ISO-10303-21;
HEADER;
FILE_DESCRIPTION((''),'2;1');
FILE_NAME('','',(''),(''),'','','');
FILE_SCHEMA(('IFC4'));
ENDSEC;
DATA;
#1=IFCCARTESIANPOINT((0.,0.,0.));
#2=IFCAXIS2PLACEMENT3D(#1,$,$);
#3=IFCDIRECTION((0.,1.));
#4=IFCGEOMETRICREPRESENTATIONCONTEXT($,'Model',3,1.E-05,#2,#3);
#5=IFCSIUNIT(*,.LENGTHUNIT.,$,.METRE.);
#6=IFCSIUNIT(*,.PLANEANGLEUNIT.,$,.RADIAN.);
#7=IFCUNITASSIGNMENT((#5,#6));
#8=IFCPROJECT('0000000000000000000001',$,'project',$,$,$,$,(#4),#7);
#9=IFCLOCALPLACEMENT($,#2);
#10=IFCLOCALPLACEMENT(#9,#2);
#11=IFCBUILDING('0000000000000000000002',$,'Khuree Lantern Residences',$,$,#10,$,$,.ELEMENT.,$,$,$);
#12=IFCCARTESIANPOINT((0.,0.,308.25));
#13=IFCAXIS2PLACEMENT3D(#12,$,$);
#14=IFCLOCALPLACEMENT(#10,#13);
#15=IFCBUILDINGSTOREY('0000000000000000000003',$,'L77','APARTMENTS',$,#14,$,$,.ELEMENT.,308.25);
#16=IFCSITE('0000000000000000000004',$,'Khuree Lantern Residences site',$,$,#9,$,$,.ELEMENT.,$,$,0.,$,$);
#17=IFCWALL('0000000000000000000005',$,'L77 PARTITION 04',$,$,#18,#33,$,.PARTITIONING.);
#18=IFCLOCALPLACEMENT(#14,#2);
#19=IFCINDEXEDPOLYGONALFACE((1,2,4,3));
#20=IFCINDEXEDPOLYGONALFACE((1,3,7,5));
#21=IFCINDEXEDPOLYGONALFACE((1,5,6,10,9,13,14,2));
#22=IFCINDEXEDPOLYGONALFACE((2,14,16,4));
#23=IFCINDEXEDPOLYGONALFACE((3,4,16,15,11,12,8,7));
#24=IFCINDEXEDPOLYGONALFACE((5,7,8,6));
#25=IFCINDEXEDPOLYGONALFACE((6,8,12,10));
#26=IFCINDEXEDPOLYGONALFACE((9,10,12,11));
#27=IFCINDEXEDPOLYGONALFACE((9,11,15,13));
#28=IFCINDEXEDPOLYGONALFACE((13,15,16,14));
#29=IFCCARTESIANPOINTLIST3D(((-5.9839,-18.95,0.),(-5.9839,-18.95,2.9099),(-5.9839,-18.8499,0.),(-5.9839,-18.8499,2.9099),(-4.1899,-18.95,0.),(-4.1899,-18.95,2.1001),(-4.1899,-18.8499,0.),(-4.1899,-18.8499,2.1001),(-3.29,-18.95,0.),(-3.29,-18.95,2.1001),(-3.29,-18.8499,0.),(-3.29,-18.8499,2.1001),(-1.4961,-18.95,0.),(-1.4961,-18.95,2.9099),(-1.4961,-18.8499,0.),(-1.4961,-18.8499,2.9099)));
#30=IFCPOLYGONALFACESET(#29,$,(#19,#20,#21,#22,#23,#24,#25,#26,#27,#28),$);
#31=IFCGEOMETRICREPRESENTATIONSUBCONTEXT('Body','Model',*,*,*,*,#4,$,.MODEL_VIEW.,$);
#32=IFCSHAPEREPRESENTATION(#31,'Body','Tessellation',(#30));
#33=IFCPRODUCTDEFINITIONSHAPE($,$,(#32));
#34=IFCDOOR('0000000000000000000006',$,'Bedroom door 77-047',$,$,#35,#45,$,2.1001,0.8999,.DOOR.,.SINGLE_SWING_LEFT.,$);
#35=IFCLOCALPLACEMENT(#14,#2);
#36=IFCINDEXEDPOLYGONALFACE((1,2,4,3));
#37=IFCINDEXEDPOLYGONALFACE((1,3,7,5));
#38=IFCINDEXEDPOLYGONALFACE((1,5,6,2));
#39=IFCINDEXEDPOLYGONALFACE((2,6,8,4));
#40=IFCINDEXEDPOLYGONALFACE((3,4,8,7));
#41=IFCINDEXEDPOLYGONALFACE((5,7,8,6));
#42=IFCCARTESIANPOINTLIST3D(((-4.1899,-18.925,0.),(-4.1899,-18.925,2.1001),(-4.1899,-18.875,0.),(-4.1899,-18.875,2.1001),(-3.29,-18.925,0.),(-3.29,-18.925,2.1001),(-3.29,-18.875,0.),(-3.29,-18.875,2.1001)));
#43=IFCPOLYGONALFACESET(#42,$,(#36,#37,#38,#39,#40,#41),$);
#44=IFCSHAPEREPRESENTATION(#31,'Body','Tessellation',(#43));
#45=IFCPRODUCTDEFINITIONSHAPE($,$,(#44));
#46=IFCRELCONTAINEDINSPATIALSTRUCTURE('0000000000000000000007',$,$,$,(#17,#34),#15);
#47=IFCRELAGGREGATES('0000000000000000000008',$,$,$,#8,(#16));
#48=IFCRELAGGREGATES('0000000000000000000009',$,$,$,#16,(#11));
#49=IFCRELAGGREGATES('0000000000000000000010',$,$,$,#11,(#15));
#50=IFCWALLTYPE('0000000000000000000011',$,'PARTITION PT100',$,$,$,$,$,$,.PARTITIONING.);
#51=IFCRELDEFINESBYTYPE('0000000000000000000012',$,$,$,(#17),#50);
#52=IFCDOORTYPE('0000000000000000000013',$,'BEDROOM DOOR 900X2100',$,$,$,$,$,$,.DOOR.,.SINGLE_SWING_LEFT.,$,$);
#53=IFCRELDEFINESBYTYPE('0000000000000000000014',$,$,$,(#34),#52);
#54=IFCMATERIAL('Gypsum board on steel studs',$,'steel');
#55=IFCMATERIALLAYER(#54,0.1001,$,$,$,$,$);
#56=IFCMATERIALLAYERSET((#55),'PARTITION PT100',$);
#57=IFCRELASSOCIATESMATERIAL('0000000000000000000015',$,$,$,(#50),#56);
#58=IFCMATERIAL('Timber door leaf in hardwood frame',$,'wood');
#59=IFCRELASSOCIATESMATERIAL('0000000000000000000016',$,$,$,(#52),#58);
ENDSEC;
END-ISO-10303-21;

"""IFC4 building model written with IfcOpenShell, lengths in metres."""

from ifc_helpers import new_model, si_unit, direction, frame, frame_2d, origin, place, context, subcontext, project, spatial, rectangle, extrude, material, layer, layer_set, type_object, element, fill, save


model = new_model("IFC4")

# Units and contexts
model_context = context("Model", 3, precision=1e-05, world=origin(), true_north=direction((0.0, 1.0)))
body_context = subcontext(model_context, "Body", "Model", "MODEL_VIEW")
ifc_project = project(units=[si_unit("LENGTHUNIT", "METRE"), si_unit("PLANEANGLEUNIT", "RADIAN")], contexts=[model_context])

# Site, building, storey
site_placement = place(None, origin())
site = spatial("IfcSite", under=ifc_project, at=site_placement, Name="Khuree Lantern Residences site", CompositionType="ELEMENT", RefElevation=0.0)
building_placement = place(site_placement, origin())
building = spatial("IfcBuilding", under=site, at=building_placement, Name="Khuree Lantern Residences", CompositionType="ELEMENT")
storey_placement = place(building_placement, frame((0.0, 0.0, 308.25)))
storey = spatial("IfcBuildingStorey", under=building, at=storey_placement, Name="L77", Description="APARTMENTS", CompositionType="ELEMENT", Elevation=308.25)

# Shared definitions
ifc_material_1 = material(Name="Gypsum board on steel studs", Category="steel")
ifc_layer_1 = layer(ifc_material_1, 0.1001)
ifc_layer_set_1 = layer_set([ifc_layer_1], Name="PARTITION PT100")
wall_type = type_object("IfcWallType", Name="PARTITION PT100", PredefinedType="PARTITIONING", material=ifc_layer_set_1)

# Shared definitions
ifc_material_2 = material(Name="Timber door leaf in hardwood frame", Category="wood")
door_type_1 = type_object("IfcDoorType", Name="BEDROOM DOOR 900X2100", OperationType="SINGLE_SWING_LEFT", PredefinedType="DOOR", material=ifc_material_2)

# Wall, opening, door
wall_1_placement = place(storey_placement, frame((-5.9839, -18.8999, 0.0), z_axis=(0.0, 0.0, 1.0), x_axis=(1.0, 0.0, 0.0)))
wall_1 = element("IfcWall", 1, at=wall_1_placement, inside=storey, type_object=wall_type, Name="L77 PARTITION 04", PredefinedType="PARTITIONING", context=body_context, shape_type="SweptSolid", body=[
    extrude(rectangle(XDim=4.4878, YDim=0.1001, at=frame_2d((2.2439, 0.0))), origin(), (0.0, 0.0, 1.0), 2.9099),
])
opening_1_placement = place(wall_1_placement, frame((1.7939, 0.0, 0.0)))
opening_1 = element("IfcOpeningElement", 2, at=opening_1_placement, cuts=wall_1, PredefinedType="OPENING", context=body_context, shape_type="SweptSolid", body=[
    extrude(rectangle(XDim=0.8999, YDim=2.1001, at=frame_2d((0.45, 1.05))), frame((0.0, 0.0601, 0.0), z_axis=(0.0, -1.0, 0.0), x_axis=(1.0, 0.0, 0.0)), (0.0, 0.0, 1.0), 0.1201),
])
door_1_placement = place(opening_1_placement, origin())
door_1 = element("IfcDoor", 3, at=door_1_placement, inside=storey, type_object=door_type_1, Name="Bedroom door 77-047", OperationType="SINGLE_SWING_LEFT", OverallHeight=2.1001, OverallWidth=0.8999, PredefinedType="DOOR", context=body_context, shape_type="SweptSolid", body=[
    extrude(rectangle(XDim=0.8999, YDim=2.1001, at=frame_2d((0.45, 1.05))), frame((0.0, 0.0249, 0.0), z_axis=(0.0, -1.0, 0.0), x_axis=(1.0, 0.0, 0.0)), (0.0, 0.0, 1.0), 0.05),
])
fill(opening_1, door_1)

save(model, "model.ifc")
